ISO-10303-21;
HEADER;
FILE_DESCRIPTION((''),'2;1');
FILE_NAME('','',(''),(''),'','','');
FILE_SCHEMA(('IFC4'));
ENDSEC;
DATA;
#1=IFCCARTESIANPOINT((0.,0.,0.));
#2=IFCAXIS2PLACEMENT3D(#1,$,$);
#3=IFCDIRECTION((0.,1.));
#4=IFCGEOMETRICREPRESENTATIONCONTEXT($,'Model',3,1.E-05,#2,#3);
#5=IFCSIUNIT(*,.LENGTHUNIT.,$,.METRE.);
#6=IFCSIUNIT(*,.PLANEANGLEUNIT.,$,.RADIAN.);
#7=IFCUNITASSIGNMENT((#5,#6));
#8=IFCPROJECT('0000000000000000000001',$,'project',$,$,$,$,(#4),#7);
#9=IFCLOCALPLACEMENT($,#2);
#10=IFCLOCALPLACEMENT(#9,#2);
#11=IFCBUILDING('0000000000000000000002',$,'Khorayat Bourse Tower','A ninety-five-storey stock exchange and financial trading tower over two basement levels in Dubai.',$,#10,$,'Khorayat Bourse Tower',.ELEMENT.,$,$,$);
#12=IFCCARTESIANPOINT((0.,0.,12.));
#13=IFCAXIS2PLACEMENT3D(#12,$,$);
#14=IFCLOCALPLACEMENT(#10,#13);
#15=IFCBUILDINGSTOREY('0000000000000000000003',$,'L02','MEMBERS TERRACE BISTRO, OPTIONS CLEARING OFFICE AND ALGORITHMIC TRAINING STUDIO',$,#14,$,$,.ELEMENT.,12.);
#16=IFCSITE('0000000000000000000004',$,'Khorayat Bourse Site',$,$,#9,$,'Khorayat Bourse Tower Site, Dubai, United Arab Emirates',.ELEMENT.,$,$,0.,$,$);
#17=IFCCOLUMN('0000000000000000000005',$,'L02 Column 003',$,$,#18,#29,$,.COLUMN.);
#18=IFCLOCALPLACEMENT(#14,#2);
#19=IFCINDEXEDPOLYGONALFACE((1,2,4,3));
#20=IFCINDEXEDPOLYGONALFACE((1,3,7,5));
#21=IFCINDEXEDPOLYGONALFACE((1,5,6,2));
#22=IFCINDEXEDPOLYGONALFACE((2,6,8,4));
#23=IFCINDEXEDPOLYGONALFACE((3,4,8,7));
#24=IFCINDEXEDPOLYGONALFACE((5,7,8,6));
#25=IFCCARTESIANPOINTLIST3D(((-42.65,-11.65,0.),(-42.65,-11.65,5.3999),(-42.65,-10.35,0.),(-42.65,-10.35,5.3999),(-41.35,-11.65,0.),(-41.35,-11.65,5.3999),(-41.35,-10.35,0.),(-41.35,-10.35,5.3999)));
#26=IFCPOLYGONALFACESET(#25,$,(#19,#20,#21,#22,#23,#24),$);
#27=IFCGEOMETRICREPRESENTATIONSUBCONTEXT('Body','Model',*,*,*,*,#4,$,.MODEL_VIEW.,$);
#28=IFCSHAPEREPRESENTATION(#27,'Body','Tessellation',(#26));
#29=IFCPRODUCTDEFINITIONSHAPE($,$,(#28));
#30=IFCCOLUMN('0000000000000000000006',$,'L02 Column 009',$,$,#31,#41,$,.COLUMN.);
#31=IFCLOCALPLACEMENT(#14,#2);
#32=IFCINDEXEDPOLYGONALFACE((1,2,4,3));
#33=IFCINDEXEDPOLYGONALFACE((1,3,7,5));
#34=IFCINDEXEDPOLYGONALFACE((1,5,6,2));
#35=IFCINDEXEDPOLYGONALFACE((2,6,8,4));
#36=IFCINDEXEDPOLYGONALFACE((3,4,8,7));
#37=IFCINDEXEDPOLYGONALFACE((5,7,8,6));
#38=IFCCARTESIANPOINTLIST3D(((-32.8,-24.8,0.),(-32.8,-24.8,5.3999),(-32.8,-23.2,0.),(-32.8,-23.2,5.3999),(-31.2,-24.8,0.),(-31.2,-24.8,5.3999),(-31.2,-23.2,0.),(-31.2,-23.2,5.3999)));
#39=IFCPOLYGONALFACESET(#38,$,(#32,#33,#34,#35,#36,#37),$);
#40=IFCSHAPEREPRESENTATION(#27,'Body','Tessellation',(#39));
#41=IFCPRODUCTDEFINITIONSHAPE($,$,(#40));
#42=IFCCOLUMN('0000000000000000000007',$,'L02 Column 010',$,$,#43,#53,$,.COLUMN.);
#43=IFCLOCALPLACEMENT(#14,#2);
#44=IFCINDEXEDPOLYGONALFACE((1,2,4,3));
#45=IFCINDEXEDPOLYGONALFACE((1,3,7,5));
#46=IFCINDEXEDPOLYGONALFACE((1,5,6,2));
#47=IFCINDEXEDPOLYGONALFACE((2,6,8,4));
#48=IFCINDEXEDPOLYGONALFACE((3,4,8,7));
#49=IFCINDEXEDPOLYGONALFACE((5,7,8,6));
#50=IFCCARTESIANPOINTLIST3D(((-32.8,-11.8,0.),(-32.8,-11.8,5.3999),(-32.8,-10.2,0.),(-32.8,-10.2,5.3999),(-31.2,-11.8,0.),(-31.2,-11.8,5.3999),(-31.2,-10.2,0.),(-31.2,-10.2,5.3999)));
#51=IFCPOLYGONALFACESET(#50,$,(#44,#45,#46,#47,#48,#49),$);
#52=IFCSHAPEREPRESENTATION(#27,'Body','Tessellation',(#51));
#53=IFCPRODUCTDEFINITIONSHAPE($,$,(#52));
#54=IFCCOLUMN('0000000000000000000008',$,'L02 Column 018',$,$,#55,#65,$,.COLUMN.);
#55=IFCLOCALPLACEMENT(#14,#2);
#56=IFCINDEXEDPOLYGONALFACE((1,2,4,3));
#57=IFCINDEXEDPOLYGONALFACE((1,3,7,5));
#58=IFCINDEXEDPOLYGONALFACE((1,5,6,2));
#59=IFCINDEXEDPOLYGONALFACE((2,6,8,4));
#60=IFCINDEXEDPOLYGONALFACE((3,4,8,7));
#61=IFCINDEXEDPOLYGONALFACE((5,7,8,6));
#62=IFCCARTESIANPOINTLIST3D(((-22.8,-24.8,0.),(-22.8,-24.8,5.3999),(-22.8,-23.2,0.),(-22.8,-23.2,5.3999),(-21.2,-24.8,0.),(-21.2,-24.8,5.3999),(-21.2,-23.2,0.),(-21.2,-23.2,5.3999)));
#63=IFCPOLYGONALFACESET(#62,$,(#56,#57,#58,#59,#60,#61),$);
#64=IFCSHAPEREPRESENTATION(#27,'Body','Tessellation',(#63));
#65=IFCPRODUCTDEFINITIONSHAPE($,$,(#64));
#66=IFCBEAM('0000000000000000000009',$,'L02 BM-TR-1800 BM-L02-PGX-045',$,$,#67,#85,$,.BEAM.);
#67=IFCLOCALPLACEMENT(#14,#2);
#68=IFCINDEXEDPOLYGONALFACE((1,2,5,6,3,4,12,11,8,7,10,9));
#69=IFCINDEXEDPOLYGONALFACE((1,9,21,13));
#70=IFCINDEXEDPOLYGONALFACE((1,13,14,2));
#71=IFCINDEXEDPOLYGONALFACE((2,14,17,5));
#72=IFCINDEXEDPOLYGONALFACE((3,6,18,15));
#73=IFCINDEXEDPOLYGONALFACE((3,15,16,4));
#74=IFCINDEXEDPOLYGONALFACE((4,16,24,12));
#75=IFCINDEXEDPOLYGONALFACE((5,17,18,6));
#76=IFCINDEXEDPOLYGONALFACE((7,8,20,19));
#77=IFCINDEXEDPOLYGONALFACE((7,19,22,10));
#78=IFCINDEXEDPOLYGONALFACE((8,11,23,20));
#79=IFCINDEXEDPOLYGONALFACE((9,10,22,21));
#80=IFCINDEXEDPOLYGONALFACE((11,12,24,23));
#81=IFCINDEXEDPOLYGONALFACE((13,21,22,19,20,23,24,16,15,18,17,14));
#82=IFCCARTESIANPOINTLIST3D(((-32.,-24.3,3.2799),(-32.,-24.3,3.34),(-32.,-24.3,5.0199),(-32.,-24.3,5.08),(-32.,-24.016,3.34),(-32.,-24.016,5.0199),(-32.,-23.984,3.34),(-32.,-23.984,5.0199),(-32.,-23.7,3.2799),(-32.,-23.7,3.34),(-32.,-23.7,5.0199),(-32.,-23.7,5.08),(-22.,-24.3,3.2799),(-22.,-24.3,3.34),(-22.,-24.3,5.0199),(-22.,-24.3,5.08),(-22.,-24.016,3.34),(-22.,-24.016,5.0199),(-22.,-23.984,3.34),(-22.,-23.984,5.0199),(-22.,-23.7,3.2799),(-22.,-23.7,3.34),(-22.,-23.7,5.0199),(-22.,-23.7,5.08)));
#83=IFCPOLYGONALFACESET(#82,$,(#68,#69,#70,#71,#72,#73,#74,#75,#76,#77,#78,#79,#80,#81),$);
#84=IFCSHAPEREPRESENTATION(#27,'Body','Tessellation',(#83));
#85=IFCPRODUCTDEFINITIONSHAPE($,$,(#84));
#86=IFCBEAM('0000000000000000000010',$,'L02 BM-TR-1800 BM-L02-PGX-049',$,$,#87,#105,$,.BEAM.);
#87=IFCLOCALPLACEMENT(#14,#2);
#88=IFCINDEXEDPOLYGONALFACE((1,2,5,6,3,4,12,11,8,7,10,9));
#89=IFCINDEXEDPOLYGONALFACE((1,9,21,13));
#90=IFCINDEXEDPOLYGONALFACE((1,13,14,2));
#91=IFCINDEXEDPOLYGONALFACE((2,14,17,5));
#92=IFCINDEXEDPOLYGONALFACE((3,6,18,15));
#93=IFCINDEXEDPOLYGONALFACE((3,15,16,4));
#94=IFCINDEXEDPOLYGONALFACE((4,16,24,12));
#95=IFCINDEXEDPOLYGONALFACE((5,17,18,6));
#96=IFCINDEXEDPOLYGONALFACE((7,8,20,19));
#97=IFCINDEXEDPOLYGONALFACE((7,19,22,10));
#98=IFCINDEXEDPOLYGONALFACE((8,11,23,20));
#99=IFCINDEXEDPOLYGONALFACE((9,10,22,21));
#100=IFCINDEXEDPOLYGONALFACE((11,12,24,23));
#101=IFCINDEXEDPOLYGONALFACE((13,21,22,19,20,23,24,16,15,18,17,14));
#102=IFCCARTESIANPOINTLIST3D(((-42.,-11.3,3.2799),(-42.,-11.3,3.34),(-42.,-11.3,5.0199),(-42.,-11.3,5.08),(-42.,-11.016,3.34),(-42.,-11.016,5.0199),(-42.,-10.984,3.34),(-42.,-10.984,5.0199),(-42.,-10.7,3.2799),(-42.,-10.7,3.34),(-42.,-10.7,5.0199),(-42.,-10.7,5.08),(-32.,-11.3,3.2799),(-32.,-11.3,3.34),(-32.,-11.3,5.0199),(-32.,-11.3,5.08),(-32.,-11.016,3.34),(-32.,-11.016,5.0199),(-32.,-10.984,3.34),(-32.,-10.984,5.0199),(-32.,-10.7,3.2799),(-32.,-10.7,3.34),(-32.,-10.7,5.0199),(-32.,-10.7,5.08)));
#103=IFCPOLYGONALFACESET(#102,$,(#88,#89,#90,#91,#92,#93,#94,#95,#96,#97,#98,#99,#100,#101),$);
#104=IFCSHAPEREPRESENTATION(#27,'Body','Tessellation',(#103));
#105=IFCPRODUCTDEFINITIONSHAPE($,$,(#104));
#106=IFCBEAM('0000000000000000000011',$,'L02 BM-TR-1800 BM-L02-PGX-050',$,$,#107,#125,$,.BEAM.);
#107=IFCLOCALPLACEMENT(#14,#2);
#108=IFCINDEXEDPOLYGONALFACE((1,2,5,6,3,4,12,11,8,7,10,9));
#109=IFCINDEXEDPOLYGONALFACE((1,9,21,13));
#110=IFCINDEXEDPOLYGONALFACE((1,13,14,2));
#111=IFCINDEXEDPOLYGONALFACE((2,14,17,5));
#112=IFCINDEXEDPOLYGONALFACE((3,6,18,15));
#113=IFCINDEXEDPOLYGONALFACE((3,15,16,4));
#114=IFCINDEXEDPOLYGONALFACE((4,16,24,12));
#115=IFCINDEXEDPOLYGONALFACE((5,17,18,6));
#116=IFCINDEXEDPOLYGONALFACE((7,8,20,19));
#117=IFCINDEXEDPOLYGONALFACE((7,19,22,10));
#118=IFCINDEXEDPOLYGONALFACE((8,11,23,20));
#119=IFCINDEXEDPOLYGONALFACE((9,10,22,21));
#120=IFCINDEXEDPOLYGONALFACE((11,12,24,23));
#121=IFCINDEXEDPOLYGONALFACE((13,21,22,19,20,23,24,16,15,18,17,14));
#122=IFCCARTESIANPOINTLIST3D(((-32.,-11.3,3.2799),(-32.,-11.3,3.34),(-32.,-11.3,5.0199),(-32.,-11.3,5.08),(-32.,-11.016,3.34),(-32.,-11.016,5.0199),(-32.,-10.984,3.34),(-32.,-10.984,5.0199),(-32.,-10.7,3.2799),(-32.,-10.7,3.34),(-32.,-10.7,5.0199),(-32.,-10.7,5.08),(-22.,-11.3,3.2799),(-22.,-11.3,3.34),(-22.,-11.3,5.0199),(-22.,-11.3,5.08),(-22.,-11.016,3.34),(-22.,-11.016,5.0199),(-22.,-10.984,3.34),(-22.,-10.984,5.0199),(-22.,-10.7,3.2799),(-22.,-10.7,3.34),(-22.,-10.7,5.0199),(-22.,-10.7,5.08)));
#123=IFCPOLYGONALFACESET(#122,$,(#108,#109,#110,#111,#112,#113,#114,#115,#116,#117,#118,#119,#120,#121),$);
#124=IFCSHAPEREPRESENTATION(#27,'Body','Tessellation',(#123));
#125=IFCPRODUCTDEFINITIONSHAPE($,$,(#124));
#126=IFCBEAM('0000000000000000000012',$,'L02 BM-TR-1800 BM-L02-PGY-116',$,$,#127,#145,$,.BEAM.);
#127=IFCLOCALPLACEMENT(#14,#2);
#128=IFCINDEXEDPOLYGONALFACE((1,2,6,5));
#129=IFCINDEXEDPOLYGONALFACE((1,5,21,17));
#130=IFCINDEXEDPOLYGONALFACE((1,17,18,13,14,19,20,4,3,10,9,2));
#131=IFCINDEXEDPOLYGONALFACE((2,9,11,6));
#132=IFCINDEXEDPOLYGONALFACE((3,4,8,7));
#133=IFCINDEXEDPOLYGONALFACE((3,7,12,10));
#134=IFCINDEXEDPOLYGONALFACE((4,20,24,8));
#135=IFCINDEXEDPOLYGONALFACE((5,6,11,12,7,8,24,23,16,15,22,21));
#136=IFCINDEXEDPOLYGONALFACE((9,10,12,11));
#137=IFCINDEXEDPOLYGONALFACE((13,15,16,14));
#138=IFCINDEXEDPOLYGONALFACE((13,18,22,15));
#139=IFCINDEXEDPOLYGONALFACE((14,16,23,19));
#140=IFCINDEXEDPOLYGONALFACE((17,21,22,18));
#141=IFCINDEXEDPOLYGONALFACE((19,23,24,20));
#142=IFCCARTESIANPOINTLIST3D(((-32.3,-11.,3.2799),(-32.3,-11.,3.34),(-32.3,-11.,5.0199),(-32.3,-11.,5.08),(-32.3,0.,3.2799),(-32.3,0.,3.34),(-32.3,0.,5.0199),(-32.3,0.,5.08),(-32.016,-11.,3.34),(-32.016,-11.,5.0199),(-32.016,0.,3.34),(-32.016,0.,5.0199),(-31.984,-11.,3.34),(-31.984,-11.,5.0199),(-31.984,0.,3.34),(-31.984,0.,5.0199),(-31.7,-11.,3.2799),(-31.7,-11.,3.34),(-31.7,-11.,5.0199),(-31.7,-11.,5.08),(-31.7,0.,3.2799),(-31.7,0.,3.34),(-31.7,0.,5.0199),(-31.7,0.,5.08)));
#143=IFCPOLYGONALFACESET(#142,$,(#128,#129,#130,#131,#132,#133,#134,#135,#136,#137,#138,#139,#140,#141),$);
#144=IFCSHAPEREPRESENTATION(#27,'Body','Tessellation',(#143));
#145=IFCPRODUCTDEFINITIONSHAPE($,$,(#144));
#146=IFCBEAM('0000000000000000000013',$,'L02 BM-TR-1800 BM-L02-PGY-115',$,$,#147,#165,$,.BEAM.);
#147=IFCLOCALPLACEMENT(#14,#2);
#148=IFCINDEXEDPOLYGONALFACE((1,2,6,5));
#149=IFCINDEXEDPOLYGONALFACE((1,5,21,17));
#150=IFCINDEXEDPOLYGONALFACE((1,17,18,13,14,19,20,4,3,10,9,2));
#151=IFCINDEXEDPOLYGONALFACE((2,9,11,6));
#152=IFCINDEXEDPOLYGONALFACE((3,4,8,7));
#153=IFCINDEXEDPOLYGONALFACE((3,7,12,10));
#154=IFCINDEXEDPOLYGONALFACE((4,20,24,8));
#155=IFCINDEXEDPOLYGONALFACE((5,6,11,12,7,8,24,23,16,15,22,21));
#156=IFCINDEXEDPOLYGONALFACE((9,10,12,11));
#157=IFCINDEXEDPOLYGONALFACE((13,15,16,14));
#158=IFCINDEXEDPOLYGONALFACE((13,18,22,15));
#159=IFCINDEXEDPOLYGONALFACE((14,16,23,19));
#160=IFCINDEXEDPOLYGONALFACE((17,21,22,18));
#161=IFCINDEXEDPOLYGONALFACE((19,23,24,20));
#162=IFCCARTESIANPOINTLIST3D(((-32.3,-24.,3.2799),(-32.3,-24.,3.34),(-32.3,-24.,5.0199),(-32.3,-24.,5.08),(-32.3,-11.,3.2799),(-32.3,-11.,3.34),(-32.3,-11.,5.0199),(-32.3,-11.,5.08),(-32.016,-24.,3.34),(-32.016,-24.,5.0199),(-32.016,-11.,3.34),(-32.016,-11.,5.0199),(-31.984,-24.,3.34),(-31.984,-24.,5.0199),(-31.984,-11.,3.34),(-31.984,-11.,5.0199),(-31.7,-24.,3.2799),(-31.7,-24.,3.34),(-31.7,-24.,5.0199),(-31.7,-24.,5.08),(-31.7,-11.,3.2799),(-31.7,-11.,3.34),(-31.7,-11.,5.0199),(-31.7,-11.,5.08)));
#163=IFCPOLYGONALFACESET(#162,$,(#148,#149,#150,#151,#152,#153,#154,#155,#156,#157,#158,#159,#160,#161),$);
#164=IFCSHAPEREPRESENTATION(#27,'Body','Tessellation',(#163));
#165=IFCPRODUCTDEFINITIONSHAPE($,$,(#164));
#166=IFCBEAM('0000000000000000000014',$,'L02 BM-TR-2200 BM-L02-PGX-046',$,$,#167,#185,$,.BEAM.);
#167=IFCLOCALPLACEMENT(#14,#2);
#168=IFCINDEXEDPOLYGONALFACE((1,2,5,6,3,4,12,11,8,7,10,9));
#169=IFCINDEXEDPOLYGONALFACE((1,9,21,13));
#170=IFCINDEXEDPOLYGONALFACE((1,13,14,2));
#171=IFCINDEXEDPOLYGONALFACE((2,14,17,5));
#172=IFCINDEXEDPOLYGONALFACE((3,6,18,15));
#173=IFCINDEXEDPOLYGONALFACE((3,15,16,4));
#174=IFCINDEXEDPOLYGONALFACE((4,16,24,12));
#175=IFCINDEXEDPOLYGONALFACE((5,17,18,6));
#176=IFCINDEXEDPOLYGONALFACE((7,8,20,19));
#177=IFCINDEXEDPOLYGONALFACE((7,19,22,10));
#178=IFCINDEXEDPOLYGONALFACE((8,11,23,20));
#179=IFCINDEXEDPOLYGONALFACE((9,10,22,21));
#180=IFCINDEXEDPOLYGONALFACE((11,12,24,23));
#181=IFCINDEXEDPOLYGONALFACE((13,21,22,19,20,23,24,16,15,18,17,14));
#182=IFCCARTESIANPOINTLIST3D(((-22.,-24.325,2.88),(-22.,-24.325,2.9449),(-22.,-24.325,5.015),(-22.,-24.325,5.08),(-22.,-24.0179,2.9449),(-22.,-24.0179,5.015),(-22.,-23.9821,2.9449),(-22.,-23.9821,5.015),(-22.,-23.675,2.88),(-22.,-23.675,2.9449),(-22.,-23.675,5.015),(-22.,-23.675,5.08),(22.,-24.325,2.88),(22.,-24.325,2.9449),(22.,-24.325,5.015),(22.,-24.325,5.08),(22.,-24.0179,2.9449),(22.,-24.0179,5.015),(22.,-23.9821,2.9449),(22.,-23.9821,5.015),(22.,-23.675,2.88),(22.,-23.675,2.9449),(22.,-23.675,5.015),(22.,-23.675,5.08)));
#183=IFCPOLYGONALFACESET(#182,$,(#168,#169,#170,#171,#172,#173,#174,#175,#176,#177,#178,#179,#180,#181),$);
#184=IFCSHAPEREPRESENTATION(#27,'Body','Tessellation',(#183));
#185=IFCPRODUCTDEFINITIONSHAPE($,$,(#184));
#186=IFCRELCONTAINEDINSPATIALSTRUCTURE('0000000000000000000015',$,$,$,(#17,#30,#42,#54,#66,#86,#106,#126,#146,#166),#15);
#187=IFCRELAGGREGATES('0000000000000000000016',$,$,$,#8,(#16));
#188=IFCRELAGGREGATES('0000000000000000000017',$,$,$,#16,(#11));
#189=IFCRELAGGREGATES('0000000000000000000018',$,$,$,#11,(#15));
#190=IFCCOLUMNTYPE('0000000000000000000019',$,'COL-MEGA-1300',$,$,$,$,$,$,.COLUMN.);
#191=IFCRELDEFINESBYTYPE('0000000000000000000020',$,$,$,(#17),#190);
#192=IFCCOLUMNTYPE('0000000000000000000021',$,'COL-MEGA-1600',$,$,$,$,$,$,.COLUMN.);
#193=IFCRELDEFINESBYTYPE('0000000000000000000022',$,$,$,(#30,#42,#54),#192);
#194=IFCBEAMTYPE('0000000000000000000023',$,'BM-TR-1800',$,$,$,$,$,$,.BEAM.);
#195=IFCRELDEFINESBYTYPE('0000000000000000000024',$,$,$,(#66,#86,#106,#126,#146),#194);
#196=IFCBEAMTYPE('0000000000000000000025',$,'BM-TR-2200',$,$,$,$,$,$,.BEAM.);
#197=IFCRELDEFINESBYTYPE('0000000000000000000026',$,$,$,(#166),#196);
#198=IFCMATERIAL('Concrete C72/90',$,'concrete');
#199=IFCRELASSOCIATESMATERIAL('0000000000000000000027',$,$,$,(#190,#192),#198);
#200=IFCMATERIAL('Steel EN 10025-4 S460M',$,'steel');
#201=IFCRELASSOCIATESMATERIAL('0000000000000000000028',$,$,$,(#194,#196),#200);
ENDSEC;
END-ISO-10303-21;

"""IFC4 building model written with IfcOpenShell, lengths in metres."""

from ifc_helpers import new_model, si_unit, direction, frame, origin, origin_2d, place, context, subcontext, project, spatial, rectangle, i_section, extrude, source, transform, mapped, material, material_profile, profile_set, type_object, element, save


model = new_model("IFC4")

# Units and contexts
model_context = context("Model", 3, precision=1e-05, world=origin(), true_north=direction((0.0, 1.0)))
body_context = subcontext(model_context, "Body", "Model", "MODEL_VIEW")
ifc_project = project(units=[si_unit("LENGTHUNIT", "METRE"), si_unit("PLANEANGLEUNIT", "RADIAN")], contexts=[model_context])

# Site, building, storey
site_placement = place(None, origin())
site = spatial("IfcSite", under=ifc_project, at=site_placement, Name="Khorayat Bourse Site", LongName="Khorayat Bourse Tower Site, Dubai, United Arab Emirates", CompositionType="ELEMENT", RefElevation=0.0)
building_placement = place(site_placement, origin())
building = spatial("IfcBuilding", under=site, at=building_placement, Name="Khorayat Bourse Tower", Description="A ninety-five-storey stock exchange and financial trading tower over two basement levels in Dubai.", LongName="Khorayat Bourse Tower", CompositionType="ELEMENT")
storey_placement = place(building_placement, frame((0.0, 0.0, 12.0)))
storey = spatial("IfcBuildingStorey", under=building, at=storey_placement, Name="L02", Description="MEMBERS TERRACE BISTRO, OPTIONS CLEARING OFFICE AND ALGORITHMIC TRAINING STUDIO", CompositionType="ELEMENT", Elevation=12.0)

# Columns
ifc_material_1 = material(Name="Concrete C72/90", Category="concrete")
ifc_material_profile_1 = material_profile(ifc_material_1, rectangle(XDim=1.3, YDim=1.3, at=origin_2d()), Name="RC 1300x1300")
ifc_profile_set_1 = profile_set([ifc_material_profile_1], Name="Concrete C72/90")
column_type_1 = type_object("IfcColumnType", Name="COL-MEGA-1300", PredefinedType="COLUMN", material=ifc_profile_set_1)
shared_shape_1 = source(origin(), body_context, "Body", "SweptSolid", [
    extrude(rectangle(XDim=1.3, YDim=1.3, at=origin_2d()), origin(), (0.0, 0.0, 1.0), 5.3999),
])
column_placement = place(storey_placement, frame((-42.0, -11.0, 0.0), z_axis=(0.0, 0.0, 1.0), x_axis=(1.0, 0.0, 0.0)))
element("IfcColumn", 1, at=column_placement, inside=storey, type_object=column_type_1, Name="L02 Column 003", PredefinedType="COLUMN", context=body_context, shape_type="MappedRepresentation", body=[
    mapped(shared_shape_1, transform((0.0, 0.0, 0.0), scale=1.0)),
])
ifc_material_profile_2 = material_profile(ifc_material_1, rectangle(XDim=1.6001, YDim=1.6001, at=origin_2d()), Name="RC 1600x1600")
ifc_profile_set_2 = profile_set([ifc_material_profile_2], Name="Concrete C72/90")
column_type_2 = type_object("IfcColumnType", Name="COL-MEGA-1600", PredefinedType="COLUMN", material=ifc_profile_set_2)
shared_shape_2 = source(origin(), body_context, "Body", "SweptSolid", [
    extrude(rectangle(XDim=1.6001, YDim=1.6001, at=origin_2d()), origin(), (0.0, 0.0, 1.0), 5.3999),
])
for number, where, z_axis, x_axis, name in (
    (2, (-32.0, -24.0, 0.0), (0.0, 0.0, 1.0), (1.0, 0.0, 0.0), "L02 Column 009"),
    (3, (-32.0, -11.0, 0.0), (0.0, 0.0, 1.0), (1.0, 0.0, 0.0), "L02 Column 010"),
    (4, (-22.0, -24.0, 0.0), (0.0, 0.0, 1.0), (1.0, 0.0, 0.0), "L02 Column 018"),
):
    element("IfcColumn", number, at=place(storey_placement, frame(where, z_axis=z_axis, x_axis=x_axis)), inside=storey, type_object=column_type_2, Name=name, PredefinedType="COLUMN", context=body_context, shape_type="MappedRepresentation", body=[
        mapped(shared_shape_2, transform((0.0, 0.0, 0.0), scale=1.0)),
    ])

# Beams
ifc_material_2 = material(Name="Steel EN 10025-4 S460M", Category="steel")
ifc_material_profile_3 = material_profile(ifc_material_2, i_section(OverallWidth=0.6001, OverallDepth=1.8, WebThickness=0.032, FlangeThickness=0.0601, at=origin_2d()), Name="PG 1800x600x32x60")
ifc_profile_set_3 = profile_set([ifc_material_profile_3], Name="Steel EN 10025-4 S460M")
beam_type_1 = type_object("IfcBeamType", Name="BM-TR-1800", PredefinedType="BEAM", material=ifc_profile_set_3)
shared_shape_3 = source(origin(), body_context, "Body", "SweptSolid", [
    extrude(i_section(OverallWidth=0.6001, OverallDepth=1.8, WebThickness=0.032, FlangeThickness=0.0601, at=origin_2d()), origin(), (0.0, 0.0, 1.0), 10.0),
])
for number, where, z_axis, x_axis, name in (
    (5, (-32.0, -24.0, 4.1799), (1.0, 0.0, 0.0), (0.0, 1.0, 0.0), "L02 BM-TR-1800 BM-L02-PGX-045"),
    (6, (-42.0, -11.0, 4.1799), (1.0, 0.0, 0.0), (0.0, 1.0, 0.0), "L02 BM-TR-1800 BM-L02-PGX-049"),
    (7, (-32.0, -11.0, 4.1799), (1.0, 0.0, 0.0), (0.0, 1.0, 0.0), "L02 BM-TR-1800 BM-L02-PGX-050"),
):
    element("IfcBeam", number, at=place(storey_placement, frame(where, z_axis=z_axis, x_axis=x_axis)), inside=storey, type_object=beam_type_1, Name=name, PredefinedType="BEAM", context=body_context, shape_type="MappedRepresentation", body=[
        mapped(shared_shape_3, transform((0.0, 0.0, 0.0), scale=1.0)),
    ])
shared_shape_4 = source(origin(), body_context, "Body", "SweptSolid", [
    extrude(i_section(OverallWidth=0.6001, OverallDepth=1.8, WebThickness=0.032, FlangeThickness=0.0601, at=origin_2d()), origin(), (0.0, 0.0, 1.0), 11.0),
])
beam_1_placement = place(storey_placement, frame((-32.0, -11.0, 4.1799), z_axis=(0.0, 1.0, 0.0), x_axis=(-1.0, 0.0, 0.0)))
element("IfcBeam", 8, at=beam_1_placement, inside=storey, type_object=beam_type_1, Name="L02 BM-TR-1800 BM-L02-PGY-116", PredefinedType="BEAM", context=body_context, shape_type="MappedRepresentation", body=[
    mapped(shared_shape_4, transform((0.0, 0.0, 0.0), scale=1.0)),
])
shared_shape_5 = source(origin(), body_context, "Body", "SweptSolid", [
    extrude(i_section(OverallWidth=0.6001, OverallDepth=1.8, WebThickness=0.032, FlangeThickness=0.0601, at=origin_2d()), origin(), (0.0, 0.0, 1.0), 13.0),
])
beam_2_placement = place(storey_placement, frame((-32.0, -24.0, 4.1799), z_axis=(0.0, 1.0, 0.0), x_axis=(-1.0, 0.0, 0.0)))
element("IfcBeam", 9, at=beam_2_placement, inside=storey, type_object=beam_type_1, Name="L02 BM-TR-1800 BM-L02-PGY-115", PredefinedType="BEAM", context=body_context, shape_type="MappedRepresentation", body=[
    mapped(shared_shape_5, transform((0.0, 0.0, 0.0), scale=1.0)),
])
ifc_material_profile_4 = material_profile(ifc_material_2, i_section(OverallWidth=0.6499, OverallDepth=2.2, WebThickness=0.0359, FlangeThickness=0.0649, at=origin_2d()), Name="PG 2200x650x36x65")
ifc_profile_set_4 = profile_set([ifc_material_profile_4], Name="Steel EN 10025-4 S460M")
beam_type_2 = type_object("IfcBeamType", Name="BM-TR-2200", PredefinedType="BEAM", material=ifc_profile_set_4)
shared_shape_6 = source(origin(), body_context, "Body", "SweptSolid", [
    extrude(i_section(OverallWidth=0.6499, OverallDepth=2.2, WebThickness=0.0359, FlangeThickness=0.0649, at=origin_2d()), origin(), (0.0, 0.0, 1.0), 44.0),
])
beam_3_placement = place(storey_placement, frame((-22.0, -24.0, 3.98), z_axis=(1.0, 0.0, 0.0), x_axis=(0.0, 1.0, 0.0)))
element("IfcBeam", 10, at=beam_3_placement, inside=storey, type_object=beam_type_2, Name="L02 BM-TR-2200 BM-L02-PGX-046", PredefinedType="BEAM", context=body_context, shape_type="MappedRepresentation", body=[
    mapped(shared_shape_6, transform((0.0, 0.0, 0.0), scale=1.0)),
])

save(model, "model.ifc")
